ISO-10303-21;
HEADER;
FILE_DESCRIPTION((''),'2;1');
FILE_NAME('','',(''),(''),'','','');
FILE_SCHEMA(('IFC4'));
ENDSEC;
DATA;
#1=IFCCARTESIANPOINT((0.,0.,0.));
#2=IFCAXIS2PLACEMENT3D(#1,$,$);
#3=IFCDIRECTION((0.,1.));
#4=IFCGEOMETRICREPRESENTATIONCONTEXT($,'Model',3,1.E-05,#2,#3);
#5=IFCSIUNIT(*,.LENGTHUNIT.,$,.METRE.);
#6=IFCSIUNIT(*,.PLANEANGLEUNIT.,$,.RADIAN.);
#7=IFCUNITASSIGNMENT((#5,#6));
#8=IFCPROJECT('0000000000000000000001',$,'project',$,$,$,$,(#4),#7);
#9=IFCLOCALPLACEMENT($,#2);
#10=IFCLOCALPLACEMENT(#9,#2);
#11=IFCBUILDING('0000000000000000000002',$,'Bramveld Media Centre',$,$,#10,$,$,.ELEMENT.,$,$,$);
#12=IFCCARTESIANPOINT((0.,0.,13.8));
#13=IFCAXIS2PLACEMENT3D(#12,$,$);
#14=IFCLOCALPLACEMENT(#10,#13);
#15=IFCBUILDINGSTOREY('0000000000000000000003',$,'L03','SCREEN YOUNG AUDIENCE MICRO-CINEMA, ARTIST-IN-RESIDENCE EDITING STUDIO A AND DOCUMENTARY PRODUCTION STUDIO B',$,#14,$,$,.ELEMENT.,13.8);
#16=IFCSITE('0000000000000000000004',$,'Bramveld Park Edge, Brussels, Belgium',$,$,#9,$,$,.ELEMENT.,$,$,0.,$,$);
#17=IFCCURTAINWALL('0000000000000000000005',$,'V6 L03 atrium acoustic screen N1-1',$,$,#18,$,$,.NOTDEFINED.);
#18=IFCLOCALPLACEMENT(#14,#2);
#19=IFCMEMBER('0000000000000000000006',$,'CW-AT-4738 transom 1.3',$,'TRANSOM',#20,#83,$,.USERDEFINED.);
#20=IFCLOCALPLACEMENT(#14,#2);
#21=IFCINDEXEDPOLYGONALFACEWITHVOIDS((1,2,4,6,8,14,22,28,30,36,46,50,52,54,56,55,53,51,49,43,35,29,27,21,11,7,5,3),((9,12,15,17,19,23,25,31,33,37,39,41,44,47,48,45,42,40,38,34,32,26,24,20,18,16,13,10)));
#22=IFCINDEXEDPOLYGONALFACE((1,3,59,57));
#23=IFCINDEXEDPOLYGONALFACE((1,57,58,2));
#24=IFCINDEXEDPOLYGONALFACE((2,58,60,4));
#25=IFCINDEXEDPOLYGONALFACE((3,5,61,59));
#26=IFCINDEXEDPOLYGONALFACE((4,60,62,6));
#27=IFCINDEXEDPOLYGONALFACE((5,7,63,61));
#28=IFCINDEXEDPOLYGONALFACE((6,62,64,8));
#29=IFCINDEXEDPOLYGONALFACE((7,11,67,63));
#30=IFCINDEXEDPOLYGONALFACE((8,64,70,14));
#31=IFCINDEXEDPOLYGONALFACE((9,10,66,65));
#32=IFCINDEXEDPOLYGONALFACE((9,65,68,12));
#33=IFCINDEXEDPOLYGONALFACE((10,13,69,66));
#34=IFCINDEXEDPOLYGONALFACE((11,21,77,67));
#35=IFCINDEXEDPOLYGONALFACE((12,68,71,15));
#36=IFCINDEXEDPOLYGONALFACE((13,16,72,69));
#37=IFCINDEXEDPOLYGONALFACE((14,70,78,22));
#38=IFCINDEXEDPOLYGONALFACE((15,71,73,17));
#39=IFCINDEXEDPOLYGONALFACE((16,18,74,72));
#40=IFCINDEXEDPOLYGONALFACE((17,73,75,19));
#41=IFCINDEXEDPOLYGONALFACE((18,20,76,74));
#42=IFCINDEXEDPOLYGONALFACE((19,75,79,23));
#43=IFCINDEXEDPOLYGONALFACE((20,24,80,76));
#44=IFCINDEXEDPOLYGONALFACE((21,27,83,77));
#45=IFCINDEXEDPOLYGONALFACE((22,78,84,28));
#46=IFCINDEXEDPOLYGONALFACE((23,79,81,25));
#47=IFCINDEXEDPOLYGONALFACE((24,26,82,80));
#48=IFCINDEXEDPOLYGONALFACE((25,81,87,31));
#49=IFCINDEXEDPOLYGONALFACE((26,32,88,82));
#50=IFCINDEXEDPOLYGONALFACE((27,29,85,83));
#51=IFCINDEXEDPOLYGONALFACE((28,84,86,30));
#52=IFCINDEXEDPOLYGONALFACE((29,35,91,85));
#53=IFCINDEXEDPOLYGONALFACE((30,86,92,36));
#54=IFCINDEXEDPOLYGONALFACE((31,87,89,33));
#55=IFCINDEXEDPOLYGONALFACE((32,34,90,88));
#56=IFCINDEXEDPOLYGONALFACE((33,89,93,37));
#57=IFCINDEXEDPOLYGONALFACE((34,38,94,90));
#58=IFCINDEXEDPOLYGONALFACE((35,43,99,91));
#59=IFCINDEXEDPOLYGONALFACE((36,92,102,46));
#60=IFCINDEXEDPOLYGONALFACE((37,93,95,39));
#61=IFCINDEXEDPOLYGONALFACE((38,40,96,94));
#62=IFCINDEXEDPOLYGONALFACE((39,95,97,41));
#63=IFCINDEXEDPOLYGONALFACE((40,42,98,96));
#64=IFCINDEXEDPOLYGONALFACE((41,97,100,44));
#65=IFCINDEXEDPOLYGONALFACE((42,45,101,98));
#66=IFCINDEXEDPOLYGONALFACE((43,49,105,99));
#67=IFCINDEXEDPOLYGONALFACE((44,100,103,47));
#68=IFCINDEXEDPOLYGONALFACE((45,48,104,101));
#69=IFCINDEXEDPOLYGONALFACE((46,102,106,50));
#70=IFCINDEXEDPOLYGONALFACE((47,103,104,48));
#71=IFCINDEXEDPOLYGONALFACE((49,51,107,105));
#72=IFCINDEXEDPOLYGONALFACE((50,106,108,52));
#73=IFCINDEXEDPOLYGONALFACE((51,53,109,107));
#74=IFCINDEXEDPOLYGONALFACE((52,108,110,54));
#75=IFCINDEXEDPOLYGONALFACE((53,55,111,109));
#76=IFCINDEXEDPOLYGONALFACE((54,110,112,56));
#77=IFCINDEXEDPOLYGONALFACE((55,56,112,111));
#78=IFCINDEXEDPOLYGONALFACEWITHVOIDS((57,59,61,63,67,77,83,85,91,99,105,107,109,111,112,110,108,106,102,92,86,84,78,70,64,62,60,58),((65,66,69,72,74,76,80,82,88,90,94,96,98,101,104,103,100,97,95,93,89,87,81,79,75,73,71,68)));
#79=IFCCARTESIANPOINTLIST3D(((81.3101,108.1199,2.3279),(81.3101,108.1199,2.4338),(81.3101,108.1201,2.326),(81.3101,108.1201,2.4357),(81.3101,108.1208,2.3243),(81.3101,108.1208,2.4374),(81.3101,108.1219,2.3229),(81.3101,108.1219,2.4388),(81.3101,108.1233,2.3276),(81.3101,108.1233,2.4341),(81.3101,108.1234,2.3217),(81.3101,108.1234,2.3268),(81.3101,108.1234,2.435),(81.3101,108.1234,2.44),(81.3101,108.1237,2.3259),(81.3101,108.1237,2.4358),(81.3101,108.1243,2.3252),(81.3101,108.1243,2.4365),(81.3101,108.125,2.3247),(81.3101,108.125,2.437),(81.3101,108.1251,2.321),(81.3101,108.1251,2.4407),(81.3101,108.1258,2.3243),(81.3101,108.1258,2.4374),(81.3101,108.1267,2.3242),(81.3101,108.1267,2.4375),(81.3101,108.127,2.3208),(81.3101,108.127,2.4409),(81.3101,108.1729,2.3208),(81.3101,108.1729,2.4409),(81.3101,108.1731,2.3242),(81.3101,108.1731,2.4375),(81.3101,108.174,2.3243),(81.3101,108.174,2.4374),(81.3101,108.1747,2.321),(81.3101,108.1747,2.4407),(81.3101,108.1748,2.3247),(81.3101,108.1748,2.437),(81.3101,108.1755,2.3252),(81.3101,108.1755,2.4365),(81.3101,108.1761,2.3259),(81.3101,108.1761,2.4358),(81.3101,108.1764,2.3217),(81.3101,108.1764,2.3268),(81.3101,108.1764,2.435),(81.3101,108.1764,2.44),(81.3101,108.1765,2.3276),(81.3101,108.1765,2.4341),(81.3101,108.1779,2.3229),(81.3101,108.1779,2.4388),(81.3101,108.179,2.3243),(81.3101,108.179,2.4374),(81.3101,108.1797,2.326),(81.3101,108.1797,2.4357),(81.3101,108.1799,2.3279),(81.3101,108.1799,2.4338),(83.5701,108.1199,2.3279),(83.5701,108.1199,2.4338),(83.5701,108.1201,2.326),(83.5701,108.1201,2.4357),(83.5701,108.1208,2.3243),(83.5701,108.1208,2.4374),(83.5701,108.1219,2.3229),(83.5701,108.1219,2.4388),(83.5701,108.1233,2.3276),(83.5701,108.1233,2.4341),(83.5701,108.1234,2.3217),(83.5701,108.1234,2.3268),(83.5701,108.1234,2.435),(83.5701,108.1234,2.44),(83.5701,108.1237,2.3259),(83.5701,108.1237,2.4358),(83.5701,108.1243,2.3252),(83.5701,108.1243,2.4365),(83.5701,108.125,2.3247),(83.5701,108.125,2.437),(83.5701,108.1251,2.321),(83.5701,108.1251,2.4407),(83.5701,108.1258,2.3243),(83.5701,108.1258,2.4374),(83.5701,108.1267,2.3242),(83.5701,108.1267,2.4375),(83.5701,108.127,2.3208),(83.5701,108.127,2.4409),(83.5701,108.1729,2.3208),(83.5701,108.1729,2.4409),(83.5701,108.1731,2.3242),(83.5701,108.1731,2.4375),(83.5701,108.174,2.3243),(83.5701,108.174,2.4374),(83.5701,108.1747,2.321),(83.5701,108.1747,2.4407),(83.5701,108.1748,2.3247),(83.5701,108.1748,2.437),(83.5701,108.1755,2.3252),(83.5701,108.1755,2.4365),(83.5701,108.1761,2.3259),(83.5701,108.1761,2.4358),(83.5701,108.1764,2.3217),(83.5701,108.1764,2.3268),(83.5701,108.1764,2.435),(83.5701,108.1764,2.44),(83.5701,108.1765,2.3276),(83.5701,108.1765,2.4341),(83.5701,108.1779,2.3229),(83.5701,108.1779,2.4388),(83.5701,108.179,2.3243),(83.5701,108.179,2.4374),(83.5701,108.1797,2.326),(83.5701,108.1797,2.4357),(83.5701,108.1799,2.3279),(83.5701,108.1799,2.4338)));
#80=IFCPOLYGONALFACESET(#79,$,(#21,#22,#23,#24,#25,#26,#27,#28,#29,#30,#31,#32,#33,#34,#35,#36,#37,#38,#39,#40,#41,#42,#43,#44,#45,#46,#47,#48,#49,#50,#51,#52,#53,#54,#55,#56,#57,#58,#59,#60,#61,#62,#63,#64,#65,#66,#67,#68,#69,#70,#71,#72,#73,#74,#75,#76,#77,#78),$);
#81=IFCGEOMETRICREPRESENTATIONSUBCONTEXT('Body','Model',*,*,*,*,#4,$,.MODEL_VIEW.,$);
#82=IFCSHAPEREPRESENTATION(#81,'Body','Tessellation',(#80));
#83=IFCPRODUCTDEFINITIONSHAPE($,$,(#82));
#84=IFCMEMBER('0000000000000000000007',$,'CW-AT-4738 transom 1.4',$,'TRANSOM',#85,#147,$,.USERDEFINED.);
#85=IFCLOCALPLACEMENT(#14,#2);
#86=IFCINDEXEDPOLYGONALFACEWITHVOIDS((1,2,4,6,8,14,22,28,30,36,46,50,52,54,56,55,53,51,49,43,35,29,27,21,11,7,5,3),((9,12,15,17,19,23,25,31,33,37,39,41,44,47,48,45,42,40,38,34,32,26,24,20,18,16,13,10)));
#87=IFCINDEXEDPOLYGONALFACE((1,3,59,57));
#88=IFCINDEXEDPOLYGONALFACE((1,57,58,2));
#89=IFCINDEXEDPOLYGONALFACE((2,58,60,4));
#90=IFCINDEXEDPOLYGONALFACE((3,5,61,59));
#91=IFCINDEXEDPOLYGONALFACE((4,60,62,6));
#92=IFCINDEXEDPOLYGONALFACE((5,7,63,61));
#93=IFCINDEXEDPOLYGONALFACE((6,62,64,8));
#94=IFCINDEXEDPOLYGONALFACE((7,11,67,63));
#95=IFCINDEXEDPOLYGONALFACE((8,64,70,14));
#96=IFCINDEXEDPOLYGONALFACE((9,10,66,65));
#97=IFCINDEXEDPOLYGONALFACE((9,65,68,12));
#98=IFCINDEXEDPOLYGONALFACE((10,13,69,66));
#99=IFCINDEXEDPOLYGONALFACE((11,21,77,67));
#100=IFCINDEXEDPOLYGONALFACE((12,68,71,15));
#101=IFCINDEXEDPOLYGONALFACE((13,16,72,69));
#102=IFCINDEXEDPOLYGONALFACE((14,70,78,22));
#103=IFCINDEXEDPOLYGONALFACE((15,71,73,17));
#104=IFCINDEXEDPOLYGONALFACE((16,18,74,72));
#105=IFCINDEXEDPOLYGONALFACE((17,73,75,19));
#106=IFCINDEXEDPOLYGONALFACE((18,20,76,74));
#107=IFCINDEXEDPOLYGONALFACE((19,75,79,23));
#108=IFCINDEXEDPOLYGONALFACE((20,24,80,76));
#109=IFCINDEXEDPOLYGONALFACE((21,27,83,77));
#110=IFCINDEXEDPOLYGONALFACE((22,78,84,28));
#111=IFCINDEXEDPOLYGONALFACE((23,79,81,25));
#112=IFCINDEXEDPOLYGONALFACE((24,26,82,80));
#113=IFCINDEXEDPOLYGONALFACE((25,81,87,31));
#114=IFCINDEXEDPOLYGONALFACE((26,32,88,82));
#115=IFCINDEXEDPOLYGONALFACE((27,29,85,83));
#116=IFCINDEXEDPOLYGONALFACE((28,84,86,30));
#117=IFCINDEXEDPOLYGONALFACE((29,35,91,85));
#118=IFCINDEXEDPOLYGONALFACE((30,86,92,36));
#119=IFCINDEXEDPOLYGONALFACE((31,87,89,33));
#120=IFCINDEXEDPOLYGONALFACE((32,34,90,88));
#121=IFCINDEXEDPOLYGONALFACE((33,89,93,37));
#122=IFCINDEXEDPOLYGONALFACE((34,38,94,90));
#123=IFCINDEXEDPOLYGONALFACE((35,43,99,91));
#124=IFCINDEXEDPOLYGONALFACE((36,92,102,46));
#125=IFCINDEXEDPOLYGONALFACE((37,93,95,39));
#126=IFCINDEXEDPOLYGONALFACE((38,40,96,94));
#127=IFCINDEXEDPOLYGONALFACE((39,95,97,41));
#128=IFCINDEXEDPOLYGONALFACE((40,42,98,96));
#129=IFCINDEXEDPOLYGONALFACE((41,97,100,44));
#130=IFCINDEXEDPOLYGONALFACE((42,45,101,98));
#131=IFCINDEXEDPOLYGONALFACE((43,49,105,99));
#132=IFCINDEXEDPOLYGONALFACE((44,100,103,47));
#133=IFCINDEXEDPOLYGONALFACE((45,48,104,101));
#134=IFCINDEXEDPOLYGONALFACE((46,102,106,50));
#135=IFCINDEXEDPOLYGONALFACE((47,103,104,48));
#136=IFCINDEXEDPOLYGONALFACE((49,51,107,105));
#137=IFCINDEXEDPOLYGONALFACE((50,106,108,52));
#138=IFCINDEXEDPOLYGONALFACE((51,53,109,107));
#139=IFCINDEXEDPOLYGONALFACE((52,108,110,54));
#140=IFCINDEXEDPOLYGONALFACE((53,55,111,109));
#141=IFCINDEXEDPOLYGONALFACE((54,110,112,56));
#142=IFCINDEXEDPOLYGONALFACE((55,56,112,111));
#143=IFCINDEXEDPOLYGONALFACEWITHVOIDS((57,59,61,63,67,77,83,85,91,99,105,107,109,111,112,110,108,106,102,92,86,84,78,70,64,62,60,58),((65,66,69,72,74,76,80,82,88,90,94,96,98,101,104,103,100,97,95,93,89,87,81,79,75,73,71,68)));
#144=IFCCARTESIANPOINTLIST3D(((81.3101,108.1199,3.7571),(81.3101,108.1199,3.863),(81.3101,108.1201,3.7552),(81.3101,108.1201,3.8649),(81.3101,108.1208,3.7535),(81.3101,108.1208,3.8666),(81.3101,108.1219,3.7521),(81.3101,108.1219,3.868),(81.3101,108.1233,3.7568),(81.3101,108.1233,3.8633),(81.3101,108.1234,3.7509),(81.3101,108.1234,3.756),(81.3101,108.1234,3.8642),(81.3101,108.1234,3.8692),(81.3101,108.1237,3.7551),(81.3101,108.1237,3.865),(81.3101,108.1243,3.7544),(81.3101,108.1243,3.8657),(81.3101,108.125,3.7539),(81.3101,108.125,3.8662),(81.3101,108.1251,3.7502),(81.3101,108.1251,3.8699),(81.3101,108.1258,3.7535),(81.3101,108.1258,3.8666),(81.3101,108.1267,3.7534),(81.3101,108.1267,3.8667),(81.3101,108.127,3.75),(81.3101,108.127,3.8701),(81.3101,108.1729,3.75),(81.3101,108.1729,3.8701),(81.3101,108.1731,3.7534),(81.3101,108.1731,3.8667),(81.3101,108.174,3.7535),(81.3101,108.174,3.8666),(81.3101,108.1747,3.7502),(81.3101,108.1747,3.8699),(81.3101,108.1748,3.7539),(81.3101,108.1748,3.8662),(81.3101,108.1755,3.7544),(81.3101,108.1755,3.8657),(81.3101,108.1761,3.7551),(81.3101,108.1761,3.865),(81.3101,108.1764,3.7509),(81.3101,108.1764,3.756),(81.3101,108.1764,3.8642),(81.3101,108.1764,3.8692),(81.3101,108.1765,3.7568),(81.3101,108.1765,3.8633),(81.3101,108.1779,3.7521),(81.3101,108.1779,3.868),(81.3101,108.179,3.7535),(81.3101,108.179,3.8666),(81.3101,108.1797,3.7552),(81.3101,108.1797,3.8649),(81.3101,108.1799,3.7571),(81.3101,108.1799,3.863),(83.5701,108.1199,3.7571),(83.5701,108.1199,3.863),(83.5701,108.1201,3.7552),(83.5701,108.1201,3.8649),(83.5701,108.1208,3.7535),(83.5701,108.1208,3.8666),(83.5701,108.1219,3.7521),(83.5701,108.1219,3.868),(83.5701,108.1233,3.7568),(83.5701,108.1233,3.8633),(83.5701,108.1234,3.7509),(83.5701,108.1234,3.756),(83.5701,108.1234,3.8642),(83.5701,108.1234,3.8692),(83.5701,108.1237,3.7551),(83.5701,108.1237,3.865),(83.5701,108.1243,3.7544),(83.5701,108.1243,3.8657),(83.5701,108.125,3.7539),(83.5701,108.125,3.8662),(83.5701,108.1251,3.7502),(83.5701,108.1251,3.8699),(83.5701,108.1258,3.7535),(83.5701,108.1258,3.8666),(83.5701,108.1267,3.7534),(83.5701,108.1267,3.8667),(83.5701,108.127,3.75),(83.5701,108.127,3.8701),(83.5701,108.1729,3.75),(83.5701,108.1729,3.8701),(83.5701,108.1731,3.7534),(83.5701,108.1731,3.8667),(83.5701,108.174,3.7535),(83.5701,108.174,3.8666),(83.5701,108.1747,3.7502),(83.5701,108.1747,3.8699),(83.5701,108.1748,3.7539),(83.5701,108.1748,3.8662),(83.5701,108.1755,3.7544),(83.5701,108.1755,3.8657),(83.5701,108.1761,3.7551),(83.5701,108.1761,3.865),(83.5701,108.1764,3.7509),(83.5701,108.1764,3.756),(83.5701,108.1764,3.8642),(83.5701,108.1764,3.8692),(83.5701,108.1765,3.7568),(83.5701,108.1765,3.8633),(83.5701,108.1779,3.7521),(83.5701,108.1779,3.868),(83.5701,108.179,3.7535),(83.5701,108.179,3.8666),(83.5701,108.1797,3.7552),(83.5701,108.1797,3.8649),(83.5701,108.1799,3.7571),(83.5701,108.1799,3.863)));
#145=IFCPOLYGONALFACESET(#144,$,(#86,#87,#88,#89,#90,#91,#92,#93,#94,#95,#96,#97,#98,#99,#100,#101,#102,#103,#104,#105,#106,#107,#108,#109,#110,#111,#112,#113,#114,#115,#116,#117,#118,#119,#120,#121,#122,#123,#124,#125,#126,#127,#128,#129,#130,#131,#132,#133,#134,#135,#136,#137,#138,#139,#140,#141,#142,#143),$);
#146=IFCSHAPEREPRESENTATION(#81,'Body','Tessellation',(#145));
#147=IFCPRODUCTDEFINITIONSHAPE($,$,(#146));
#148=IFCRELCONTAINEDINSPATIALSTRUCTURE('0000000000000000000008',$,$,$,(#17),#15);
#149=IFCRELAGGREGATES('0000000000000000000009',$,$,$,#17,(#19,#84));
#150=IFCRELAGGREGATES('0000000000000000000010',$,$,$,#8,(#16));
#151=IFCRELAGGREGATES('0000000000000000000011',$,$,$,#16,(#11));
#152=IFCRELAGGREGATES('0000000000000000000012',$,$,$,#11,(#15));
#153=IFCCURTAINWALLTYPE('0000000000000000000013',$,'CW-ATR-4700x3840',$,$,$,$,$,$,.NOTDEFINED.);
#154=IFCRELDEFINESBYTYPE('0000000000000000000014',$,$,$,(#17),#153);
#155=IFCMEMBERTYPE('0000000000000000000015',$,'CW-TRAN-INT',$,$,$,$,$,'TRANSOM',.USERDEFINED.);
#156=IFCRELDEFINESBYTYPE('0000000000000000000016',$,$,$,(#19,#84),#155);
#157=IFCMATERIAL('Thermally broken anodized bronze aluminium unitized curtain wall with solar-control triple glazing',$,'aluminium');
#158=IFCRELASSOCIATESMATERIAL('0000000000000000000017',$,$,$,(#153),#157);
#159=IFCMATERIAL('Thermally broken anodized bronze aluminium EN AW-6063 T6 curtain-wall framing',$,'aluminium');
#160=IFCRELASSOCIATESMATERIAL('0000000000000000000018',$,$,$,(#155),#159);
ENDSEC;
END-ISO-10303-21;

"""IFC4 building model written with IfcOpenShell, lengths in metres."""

from ifc_helpers import new_model, si_unit, direction, frame, origin, origin_2d, place, context, subcontext, project, spatial, hollow_rectangle, extrude, material, material_profile, profile_set, type_object, element, aggregate, save


model = new_model("IFC4")

# Units and contexts
model_context = context("Model", 3, precision=1e-05, world=origin(), true_north=direction((0.0, 1.0)))
body_context = subcontext(model_context, "Body", "Model", "MODEL_VIEW")
ifc_project = project(units=[si_unit("LENGTHUNIT", "METRE"), si_unit("PLANEANGLEUNIT", "RADIAN")], contexts=[model_context])

# Site, building, storey
site_placement = place(None, origin())
site = spatial("IfcSite", under=ifc_project, at=site_placement, Name="Bramveld Park Edge, Brussels, Belgium", CompositionType="ELEMENT", RefElevation=0.0)
building_placement = place(site_placement, origin())
building = spatial("IfcBuilding", under=site, at=building_placement, Name="Bramveld Media Centre", CompositionType="ELEMENT")
storey_placement = place(building_placement, frame((0.0, 0.0, 13.8)))
storey = spatial("IfcBuildingStorey", under=building, at=storey_placement, Name="L03", Description="SCREEN YOUNG AUDIENCE MICRO-CINEMA, ARTIST-IN-RESIDENCE EDITING STUDIO A AND DOCUMENTARY PRODUCTION STUDIO B", CompositionType="ELEMENT", Elevation=13.8)

# Curtain wall
ifc_material_1 = material(Name="Thermally broken anodized bronze aluminium unitized curtain wall with solar-control triple glazing", Category="aluminium")
curtain_wall_type_1 = type_object("IfcCurtainWallType", Name="CW-ATR-4700x3840", PredefinedType="NOTDEFINED", material=ifc_material_1)
curtain_wall_1_placement = place(storey_placement, origin())
curtain_wall_1 = element("IfcCurtainWall", 1, at=curtain_wall_1_placement, inside=storey, type_object=curtain_wall_type_1, Name="V6 L03 atrium acoustic screen N1-1", PredefinedType="NOTDEFINED")

# Members
ifc_material_2 = material(Name="Thermally broken anodized bronze aluminium EN AW-6063 T6 curtain-wall framing", Category="aluminium")
ifc_material_profile_1 = material_profile(ifc_material_2, hollow_rectangle(XDim=0.0601, YDim=0.1201, WallThickness=0.0034, InnerFilletRadius=0.0034, OuterFilletRadius=0.0071, at=origin_2d()), Name="AL-TRAN 60x120")
ifc_profile_set_1 = profile_set([ifc_material_profile_1], Name="Thermally broken anodized bronze aluminium EN AW-6063 T6 curtain-wall framing")
member_type_1 = type_object("IfcMemberType", Name="CW-TRAN-INT", ElementType="TRANSOM", PredefinedType="USERDEFINED", material=ifc_profile_set_1)
member_1_placement = place(storey_placement, frame((81.3101, 108.1499, 2.3809), z_axis=(1.0, 0.0, 0.0), x_axis=(0.0, 1.0, 0.0)))
member_1 = element("IfcMember", 2, at=member_1_placement, type_object=member_type_1, Name="CW-AT-4738 transom 1.3", ObjectType="TRANSOM", PredefinedType="USERDEFINED", context=body_context, shape_type="SweptSolid", body=[
    extrude(hollow_rectangle(XDim=0.0601, YDim=0.1201, WallThickness=0.0034, InnerFilletRadius=0.0034, OuterFilletRadius=0.0071, at=origin_2d()), origin(), (0.0, 0.0, 1.0), 2.26),
])
member_2_placement = place(storey_placement, frame((81.3101, 108.1499, 3.8101), z_axis=(1.0, 0.0, 0.0), x_axis=(0.0, 1.0, 0.0)))
member_2 = element("IfcMember", 3, at=member_2_placement, type_object=member_type_1, Name="CW-AT-4738 transom 1.4", ObjectType="TRANSOM", PredefinedType="USERDEFINED", context=body_context, shape_type="SweptSolid", body=[
    extrude(hollow_rectangle(XDim=0.0601, YDim=0.1201, WallThickness=0.0034, InnerFilletRadius=0.0034, OuterFilletRadius=0.0071, at=origin_2d()), origin(), (0.0, 0.0, 1.0), 2.26),
])

aggregate(curtain_wall_1, [member_1, member_2])

save(model, "model.ifc")
